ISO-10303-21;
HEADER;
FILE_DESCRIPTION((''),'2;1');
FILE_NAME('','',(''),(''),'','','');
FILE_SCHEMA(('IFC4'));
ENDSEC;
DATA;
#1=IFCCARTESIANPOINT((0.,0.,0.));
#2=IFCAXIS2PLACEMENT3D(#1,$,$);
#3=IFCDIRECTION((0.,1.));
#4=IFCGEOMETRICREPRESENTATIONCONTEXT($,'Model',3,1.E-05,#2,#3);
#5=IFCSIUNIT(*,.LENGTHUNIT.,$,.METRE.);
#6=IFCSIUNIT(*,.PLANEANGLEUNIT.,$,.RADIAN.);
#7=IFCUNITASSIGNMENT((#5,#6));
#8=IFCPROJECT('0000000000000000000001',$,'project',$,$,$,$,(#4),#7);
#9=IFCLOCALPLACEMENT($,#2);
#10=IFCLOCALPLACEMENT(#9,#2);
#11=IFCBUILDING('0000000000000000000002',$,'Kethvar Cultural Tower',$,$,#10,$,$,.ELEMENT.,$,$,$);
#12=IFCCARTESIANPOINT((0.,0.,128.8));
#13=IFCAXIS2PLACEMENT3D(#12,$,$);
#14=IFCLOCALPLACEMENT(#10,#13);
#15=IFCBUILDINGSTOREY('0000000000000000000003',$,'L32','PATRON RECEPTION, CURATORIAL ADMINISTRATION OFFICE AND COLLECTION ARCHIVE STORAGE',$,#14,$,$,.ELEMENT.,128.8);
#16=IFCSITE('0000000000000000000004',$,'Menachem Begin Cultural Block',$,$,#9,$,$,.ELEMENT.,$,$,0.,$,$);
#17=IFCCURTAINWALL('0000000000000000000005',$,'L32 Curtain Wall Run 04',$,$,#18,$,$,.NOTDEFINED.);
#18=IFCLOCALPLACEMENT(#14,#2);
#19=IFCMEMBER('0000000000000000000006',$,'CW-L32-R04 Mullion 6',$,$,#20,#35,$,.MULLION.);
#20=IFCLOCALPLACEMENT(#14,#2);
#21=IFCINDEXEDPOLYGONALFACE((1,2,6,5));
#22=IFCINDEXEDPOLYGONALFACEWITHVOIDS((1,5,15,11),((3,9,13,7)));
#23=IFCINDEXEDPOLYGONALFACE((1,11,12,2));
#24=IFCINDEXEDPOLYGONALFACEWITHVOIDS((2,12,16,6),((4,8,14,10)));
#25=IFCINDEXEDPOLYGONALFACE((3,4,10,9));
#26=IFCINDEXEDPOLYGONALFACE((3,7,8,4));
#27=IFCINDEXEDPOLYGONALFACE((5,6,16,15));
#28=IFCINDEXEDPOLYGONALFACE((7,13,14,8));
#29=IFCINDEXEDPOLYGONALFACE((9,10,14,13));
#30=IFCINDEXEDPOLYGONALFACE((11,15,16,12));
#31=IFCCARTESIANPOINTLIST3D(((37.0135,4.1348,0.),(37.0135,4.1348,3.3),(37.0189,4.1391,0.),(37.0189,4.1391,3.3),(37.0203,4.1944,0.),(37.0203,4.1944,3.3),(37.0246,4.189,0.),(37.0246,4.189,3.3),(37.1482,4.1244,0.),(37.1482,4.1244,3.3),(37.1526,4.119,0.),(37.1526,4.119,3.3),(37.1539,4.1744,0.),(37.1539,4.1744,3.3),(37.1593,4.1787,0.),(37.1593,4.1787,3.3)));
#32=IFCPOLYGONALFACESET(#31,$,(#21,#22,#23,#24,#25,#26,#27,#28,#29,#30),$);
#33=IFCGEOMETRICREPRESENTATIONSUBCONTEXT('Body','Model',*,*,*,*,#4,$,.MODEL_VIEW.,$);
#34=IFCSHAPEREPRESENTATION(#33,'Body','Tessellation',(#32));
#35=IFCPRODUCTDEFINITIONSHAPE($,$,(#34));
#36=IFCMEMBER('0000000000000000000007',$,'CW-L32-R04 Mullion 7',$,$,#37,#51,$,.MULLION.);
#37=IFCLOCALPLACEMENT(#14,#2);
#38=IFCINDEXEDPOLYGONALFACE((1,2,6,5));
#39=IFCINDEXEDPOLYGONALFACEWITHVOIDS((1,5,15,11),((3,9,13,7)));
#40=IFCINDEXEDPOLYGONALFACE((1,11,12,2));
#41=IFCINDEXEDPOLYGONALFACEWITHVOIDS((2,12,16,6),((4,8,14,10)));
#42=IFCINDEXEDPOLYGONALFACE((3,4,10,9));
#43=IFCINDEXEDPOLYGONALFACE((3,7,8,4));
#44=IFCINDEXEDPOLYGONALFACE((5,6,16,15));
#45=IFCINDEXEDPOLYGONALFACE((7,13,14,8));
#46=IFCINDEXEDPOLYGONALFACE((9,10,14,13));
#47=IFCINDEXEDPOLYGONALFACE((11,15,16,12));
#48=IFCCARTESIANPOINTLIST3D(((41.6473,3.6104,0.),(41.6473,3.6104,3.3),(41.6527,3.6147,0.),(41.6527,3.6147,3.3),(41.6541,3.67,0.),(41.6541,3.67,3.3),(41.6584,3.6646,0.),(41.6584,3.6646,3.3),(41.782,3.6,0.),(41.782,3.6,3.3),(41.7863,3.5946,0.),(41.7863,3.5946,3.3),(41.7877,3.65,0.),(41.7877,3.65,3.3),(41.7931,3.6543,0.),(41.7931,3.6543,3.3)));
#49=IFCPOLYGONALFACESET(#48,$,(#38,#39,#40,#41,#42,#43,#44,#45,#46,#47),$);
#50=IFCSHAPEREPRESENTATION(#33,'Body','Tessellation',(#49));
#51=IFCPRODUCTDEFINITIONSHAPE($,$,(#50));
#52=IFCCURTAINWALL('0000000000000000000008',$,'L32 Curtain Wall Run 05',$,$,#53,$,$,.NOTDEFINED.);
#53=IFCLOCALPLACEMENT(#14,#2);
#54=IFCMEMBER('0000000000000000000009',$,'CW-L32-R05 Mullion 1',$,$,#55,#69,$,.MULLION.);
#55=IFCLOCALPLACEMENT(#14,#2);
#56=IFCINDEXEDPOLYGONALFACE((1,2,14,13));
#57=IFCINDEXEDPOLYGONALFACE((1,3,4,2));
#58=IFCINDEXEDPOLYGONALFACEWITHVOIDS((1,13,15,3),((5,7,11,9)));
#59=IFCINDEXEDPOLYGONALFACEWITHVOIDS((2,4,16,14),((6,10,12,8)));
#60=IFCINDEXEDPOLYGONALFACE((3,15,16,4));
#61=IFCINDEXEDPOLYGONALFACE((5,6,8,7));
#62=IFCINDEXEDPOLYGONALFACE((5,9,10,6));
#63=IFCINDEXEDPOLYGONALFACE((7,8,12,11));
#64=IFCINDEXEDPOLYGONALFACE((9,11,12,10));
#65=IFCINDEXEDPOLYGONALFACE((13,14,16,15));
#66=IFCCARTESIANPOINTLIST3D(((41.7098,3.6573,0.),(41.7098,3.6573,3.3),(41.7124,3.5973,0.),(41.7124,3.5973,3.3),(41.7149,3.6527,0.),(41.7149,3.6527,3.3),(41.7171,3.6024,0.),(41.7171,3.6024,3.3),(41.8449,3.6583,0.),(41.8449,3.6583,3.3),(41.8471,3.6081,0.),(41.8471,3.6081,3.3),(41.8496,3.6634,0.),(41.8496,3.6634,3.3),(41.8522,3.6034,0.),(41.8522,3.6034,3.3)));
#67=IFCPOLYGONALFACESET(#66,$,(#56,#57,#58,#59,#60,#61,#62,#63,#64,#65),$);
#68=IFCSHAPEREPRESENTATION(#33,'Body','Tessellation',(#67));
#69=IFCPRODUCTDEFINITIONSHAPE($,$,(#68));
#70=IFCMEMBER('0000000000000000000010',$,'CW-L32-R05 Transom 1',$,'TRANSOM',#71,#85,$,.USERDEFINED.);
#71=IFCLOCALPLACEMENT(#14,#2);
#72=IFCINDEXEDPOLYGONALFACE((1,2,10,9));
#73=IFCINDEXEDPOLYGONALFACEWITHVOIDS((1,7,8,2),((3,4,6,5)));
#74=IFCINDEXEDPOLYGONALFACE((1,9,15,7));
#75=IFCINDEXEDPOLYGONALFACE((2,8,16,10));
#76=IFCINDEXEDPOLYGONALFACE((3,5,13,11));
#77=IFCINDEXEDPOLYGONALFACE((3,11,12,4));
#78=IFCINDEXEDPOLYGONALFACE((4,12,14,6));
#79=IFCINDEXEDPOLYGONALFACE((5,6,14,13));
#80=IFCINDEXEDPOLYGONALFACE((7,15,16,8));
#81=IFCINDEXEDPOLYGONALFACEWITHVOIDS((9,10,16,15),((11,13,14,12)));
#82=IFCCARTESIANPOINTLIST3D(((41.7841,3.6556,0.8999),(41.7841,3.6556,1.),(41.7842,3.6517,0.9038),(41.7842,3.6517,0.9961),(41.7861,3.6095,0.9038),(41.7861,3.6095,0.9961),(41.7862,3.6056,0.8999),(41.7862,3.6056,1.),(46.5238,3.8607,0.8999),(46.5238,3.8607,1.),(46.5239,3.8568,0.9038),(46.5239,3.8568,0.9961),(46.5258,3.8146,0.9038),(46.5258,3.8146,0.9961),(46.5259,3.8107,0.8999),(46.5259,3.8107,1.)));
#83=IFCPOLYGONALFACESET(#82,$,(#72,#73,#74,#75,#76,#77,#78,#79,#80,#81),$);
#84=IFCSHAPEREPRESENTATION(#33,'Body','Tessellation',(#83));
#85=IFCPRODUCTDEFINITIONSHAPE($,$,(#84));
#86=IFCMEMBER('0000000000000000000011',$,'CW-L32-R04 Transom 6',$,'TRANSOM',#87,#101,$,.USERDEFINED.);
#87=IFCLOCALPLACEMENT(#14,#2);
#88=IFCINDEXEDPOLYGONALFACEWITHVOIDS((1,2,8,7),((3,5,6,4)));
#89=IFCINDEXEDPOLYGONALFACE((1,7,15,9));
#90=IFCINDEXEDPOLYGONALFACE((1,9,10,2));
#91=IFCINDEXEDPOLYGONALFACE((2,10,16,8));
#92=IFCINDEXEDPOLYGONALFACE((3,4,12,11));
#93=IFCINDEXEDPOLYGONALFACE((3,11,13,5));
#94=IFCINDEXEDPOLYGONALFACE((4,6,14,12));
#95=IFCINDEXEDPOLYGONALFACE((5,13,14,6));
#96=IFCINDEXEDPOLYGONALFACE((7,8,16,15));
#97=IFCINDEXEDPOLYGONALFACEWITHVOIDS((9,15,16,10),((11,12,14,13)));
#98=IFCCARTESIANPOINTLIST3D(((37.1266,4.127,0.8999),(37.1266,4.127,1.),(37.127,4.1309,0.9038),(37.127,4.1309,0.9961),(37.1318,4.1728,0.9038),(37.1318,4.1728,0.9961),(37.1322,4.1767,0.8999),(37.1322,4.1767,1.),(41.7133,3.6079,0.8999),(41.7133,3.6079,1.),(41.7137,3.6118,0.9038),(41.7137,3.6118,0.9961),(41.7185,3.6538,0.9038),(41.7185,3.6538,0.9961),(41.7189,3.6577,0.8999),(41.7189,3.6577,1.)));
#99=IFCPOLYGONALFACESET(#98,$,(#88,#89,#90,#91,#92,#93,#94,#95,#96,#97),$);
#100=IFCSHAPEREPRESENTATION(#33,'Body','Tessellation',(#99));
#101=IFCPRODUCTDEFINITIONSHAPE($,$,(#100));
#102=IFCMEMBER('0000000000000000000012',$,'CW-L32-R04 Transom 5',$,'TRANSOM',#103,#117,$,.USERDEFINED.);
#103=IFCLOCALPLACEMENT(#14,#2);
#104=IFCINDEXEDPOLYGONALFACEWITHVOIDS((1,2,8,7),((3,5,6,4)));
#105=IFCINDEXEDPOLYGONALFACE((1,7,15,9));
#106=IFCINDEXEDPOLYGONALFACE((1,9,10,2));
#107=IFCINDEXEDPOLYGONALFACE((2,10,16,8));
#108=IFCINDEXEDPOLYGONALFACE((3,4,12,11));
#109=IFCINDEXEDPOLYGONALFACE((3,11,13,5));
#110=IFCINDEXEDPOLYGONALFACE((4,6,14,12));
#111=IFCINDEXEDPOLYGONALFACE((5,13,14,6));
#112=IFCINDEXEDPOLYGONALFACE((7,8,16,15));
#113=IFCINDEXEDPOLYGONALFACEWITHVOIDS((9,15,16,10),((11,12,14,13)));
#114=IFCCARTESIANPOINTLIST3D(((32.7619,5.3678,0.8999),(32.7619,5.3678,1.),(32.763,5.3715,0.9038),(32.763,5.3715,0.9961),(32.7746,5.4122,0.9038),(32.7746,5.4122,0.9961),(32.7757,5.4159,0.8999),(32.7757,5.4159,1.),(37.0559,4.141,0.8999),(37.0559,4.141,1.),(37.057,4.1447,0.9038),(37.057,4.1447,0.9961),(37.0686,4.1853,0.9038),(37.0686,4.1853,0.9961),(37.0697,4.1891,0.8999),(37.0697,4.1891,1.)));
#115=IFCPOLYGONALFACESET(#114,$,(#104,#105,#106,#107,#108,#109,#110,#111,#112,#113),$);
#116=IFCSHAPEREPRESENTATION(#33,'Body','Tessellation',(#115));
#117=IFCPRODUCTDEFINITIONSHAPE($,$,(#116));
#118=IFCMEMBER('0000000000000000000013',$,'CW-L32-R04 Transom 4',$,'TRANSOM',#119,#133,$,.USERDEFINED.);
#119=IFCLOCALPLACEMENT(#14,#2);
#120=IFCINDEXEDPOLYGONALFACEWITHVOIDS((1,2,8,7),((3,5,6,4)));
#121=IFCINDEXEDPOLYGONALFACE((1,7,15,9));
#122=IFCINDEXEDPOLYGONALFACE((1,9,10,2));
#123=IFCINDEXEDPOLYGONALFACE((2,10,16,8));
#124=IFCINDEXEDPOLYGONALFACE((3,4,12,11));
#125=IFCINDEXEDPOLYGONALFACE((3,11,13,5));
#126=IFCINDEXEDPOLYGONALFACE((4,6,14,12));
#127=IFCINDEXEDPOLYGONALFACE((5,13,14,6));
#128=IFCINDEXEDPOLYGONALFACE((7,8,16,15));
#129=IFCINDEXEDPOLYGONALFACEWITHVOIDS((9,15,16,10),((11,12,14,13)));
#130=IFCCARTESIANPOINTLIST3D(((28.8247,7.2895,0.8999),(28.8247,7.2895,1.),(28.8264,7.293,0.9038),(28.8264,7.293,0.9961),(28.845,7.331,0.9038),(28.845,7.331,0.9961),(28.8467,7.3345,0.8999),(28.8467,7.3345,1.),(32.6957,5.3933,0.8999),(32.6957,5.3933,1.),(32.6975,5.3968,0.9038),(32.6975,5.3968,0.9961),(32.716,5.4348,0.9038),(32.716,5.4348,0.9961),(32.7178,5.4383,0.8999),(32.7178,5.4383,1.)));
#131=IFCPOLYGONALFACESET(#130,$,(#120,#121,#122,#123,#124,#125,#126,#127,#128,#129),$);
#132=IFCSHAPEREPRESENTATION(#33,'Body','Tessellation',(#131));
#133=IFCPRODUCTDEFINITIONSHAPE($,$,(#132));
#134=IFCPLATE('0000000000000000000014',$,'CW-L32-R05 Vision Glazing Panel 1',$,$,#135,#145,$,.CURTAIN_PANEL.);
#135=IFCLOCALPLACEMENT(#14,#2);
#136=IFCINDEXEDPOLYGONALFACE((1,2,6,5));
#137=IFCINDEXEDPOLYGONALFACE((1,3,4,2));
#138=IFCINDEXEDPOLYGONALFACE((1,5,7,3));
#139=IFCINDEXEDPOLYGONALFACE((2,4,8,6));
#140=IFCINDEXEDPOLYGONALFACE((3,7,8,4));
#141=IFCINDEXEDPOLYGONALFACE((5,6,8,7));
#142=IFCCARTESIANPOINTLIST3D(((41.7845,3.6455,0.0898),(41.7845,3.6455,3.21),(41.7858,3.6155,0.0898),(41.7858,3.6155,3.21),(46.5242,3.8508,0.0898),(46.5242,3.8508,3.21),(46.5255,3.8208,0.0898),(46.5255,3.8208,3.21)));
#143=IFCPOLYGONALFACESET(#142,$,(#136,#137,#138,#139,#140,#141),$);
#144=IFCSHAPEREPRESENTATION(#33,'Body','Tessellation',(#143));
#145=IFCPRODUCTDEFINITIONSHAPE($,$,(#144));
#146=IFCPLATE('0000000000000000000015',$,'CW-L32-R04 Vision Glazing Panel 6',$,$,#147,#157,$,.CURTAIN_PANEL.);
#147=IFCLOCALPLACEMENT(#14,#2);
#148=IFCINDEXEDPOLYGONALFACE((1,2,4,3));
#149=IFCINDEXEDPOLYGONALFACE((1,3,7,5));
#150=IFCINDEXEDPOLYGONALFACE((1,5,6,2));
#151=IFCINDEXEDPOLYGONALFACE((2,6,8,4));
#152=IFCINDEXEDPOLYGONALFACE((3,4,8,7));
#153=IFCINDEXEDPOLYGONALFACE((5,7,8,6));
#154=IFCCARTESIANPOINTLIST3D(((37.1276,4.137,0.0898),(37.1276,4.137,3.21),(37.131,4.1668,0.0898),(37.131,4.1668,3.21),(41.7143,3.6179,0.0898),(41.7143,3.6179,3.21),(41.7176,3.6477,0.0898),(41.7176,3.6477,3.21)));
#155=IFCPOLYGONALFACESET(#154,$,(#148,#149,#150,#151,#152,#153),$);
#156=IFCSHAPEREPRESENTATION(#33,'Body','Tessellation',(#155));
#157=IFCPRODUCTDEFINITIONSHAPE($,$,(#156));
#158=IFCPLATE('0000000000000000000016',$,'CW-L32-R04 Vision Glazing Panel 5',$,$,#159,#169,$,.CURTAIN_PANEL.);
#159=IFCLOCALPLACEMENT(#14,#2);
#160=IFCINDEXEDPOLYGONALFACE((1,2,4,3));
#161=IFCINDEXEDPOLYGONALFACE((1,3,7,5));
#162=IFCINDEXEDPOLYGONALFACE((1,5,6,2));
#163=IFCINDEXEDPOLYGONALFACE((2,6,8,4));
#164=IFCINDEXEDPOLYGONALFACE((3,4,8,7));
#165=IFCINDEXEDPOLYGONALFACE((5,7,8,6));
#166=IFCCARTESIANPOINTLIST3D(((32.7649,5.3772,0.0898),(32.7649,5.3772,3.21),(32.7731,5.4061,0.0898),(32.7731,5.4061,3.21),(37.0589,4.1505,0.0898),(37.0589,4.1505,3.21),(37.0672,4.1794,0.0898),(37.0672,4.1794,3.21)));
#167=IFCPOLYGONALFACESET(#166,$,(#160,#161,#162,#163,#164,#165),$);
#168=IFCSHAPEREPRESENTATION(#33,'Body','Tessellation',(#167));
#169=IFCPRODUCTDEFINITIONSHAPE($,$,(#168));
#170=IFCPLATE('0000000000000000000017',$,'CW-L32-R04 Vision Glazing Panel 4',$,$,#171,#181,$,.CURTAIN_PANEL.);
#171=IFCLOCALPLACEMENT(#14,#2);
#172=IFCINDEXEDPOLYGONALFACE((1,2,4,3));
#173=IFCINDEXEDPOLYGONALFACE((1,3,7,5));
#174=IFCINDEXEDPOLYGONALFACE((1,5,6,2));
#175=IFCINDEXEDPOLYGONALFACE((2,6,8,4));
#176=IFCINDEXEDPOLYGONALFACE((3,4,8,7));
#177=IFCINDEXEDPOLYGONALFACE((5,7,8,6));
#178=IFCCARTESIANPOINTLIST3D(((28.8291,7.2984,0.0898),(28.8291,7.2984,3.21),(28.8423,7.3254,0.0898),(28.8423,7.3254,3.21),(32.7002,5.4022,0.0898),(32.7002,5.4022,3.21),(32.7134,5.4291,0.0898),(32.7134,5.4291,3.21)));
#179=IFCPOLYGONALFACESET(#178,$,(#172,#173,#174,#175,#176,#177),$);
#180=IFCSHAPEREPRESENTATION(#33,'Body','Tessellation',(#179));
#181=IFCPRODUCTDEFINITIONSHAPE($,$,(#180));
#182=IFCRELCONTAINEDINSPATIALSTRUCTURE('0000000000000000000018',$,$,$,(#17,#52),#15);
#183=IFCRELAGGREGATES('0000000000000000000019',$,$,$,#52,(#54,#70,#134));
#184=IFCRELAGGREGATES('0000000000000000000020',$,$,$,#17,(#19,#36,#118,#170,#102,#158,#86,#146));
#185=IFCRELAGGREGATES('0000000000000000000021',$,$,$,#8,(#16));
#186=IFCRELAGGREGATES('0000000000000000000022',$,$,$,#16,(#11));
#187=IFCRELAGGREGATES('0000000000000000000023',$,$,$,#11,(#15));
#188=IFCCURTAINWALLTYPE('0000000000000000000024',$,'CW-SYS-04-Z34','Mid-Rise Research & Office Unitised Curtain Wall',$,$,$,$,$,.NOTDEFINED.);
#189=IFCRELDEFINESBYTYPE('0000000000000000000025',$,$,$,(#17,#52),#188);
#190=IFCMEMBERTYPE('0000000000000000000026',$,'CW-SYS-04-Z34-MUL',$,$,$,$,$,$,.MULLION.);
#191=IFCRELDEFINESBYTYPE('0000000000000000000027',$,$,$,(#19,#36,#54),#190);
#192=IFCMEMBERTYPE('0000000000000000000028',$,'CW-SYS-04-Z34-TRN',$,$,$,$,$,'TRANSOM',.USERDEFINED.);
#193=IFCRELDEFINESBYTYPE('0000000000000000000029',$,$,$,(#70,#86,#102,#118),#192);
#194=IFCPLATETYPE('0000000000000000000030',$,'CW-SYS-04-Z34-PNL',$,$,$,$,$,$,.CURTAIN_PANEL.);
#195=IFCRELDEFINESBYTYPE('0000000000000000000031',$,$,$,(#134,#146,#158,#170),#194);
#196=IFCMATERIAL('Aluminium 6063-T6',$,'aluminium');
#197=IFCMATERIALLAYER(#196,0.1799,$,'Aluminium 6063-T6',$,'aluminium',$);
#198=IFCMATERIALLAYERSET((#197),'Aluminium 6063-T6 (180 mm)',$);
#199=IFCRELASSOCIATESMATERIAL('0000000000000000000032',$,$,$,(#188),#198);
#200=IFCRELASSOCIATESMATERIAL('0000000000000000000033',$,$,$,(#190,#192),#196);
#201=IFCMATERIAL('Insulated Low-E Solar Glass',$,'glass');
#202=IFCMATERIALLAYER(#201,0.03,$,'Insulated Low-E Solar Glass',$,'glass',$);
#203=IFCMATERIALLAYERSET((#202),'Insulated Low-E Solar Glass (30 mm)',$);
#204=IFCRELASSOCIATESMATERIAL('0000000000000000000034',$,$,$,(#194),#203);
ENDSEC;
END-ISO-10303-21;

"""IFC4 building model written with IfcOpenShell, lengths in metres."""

from ifc_helpers import new_model, si_unit, direction, frame, origin, origin_2d, place, context, subcontext, project, spatial, rectangle, hollow_rectangle, extrude, source, transform, mapped, material, layer, layer_set, material_profile, profile_set, type_object, element, aggregate, save


model = new_model("IFC4")

# Units and contexts
model_context = context("Model", 3, precision=1e-05, world=origin(), true_north=direction((0.0, 1.0)))
body_context = subcontext(model_context, "Body", "Model", "MODEL_VIEW")
ifc_project = project(units=[si_unit("LENGTHUNIT", "METRE"), si_unit("PLANEANGLEUNIT", "RADIAN")], contexts=[model_context])

# Site, building, storey
site_placement = place(None, origin())
site = spatial("IfcSite", under=ifc_project, at=site_placement, Name="Menachem Begin Cultural Block", CompositionType="ELEMENT", RefElevation=0.0)
building_placement = place(site_placement, origin())
building = spatial("IfcBuilding", under=site, at=building_placement, Name="Kethvar Cultural Tower", CompositionType="ELEMENT")
storey_placement = place(building_placement, frame((0.0, 0.0, 128.8)))
storey = spatial("IfcBuildingStorey", under=building, at=storey_placement, Name="L32", Description="PATRON RECEPTION, CURATORIAL ADMINISTRATION OFFICE AND COLLECTION ARCHIVE STORAGE", CompositionType="ELEMENT", Elevation=128.8)

# Curtain walls, members
ifc_material_1 = material(Name="Aluminium 6063-T6", Category="aluminium")
ifc_layer_1 = layer(ifc_material_1, 0.1799, Name="Aluminium 6063-T6", Category="aluminium")
ifc_layer_set_1 = layer_set([ifc_layer_1], Name="Aluminium 6063-T6 (180 mm)")
curtain_wall_type = type_object("IfcCurtainWallType", Name="CW-SYS-04-Z34", Description="Mid-Rise Research & Office Unitised Curtain Wall", PredefinedType="NOTDEFINED", material=ifc_layer_set_1)
curtain_wall_1_placement = place(storey_placement, origin())
curtain_wall_1 = element("IfcCurtainWall", 1, at=curtain_wall_1_placement, inside=storey, type_object=curtain_wall_type, Name="L32 Curtain Wall Run 04", PredefinedType="NOTDEFINED")
ifc_material_profile_1 = material_profile(ifc_material_1, hollow_rectangle(XDim=0.0601, YDim=0.1399, WallThickness=0.0049, at=origin_2d()), Name="Aluminium 6063-T6 — RHS140x60x5")
ifc_profile_set_1 = profile_set([ifc_material_profile_1], Name="Aluminium 6063-T6 — RHS140x60x5")
member_type_1 = type_object("IfcMemberType", Name="CW-SYS-04-Z34-MUL", PredefinedType="MULLION", material=ifc_profile_set_1)
shared_shape_1 = source(origin(), body_context, "Body", "SweptSolid", [
    extrude(hollow_rectangle(XDim=0.0601, YDim=0.1399, WallThickness=0.0049, at=origin_2d()), origin(), (0.0, 0.0, 1.0), 3.3),
])
member_1_placement = place(storey_placement, frame((37.0864, 4.1567, 0.0), z_axis=(0.0, 0.0, 1.0), x_axis=(0.112458, 0.993657, 0.0)))
member_1 = element("IfcMember", 2, at=member_1_placement, type_object=member_type_1, Name="CW-L32-R04 Mullion 6", PredefinedType="MULLION", context=body_context, shape_type="MappedRepresentation", body=[
    mapped(shared_shape_1, transform((0.0, 0.0, 0.0), scale=1.0)),
])
member_2_placement = place(storey_placement, frame((41.7202, 3.6323, 0.0), z_axis=(0.0, 0.0, 1.0), x_axis=(0.112458, 0.993657, 0.0)))
member_2 = element("IfcMember", 3, at=member_2_placement, type_object=member_type_1, Name="CW-L32-R04 Mullion 7", PredefinedType="MULLION", context=body_context, shape_type="MappedRepresentation", body=[
    mapped(shared_shape_1, transform((0.0, 0.0, 0.0), scale=1.0)),
])
curtain_wall_2_placement = place(storey_placement, origin())
curtain_wall_2 = element("IfcCurtainWall", 4, at=curtain_wall_2_placement, inside=storey, type_object=curtain_wall_type, Name="L32 Curtain Wall Run 05", PredefinedType="NOTDEFINED")
member_3_placement = place(storey_placement, frame((41.781, 3.6304, 0.0), z_axis=(0.0, 0.0, 1.0), x_axis=(-0.043271, 0.999063, 0.0)))
member_3 = element("IfcMember", 5, at=member_3_placement, type_object=member_type_1, Name="CW-L32-R05 Mullion 1", PredefinedType="MULLION", context=body_context, shape_type="MappedRepresentation", body=[
    mapped(shared_shape_1, transform((0.0, 0.0, 0.0), scale=1.0)),
])
ifc_material_profile_2 = material_profile(ifc_material_1, hollow_rectangle(XDim=0.05, YDim=0.1001, WallThickness=0.0039, at=origin_2d()), Name="Aluminium 6063-T6 — RHS100x50x4")
ifc_profile_set_2 = profile_set([ifc_material_profile_2], Name="Aluminium 6063-T6 — RHS100x50x4")
member_type_2 = type_object("IfcMemberType", Name="CW-SYS-04-Z34-TRN", ElementType="TRANSOM", PredefinedType="USERDEFINED", material=ifc_profile_set_2)
shared_shape_2 = source(origin(), body_context, "Body", "SweptSolid", [
    extrude(hollow_rectangle(XDim=0.05, YDim=0.1001, WallThickness=0.0039, at=origin_2d()), origin(), (0.0, 0.0, 1.0), 4.7441),
])
member_4_placement = place(storey_placement, frame((41.7852, 3.6306, 0.95), z_axis=(0.999065, 0.043227, 0.0), x_axis=(-0.043227, 0.999065, 0.0)))
member_4 = element("IfcMember", 6, at=member_4_placement, type_object=member_type_2, Name="CW-L32-R05 Transom 1", ObjectType="TRANSOM", PredefinedType="USERDEFINED", context=body_context, shape_type="MappedRepresentation", body=[
    mapped(shared_shape_2, transform((0.0, 0.0, 0.0), scale=1.0)),
])

# Members
shared_shape_3 = source(origin(), body_context, "Body", "SweptSolid", [
    extrude(hollow_rectangle(XDim=0.05, YDim=0.1001, WallThickness=0.0039, at=origin_2d()), origin(), (0.0, 0.0, 1.0), 4.616),
])
member_5_placement = place(storey_placement, frame((37.1294, 4.1519, 0.95), z_axis=(0.993658, -0.112446, 0.0), x_axis=(0.112446, 0.993658, 0.0)))
member_5 = element("IfcMember", 7, at=member_5_placement, type_object=member_type_2, Name="CW-L32-R04 Transom 6", ObjectType="TRANSOM", PredefinedType="USERDEFINED", context=body_context, shape_type="MappedRepresentation", body=[
    mapped(shared_shape_3, transform((0.0, 0.0, 0.0), scale=1.0)),
])
shared_shape_4 = source(origin(), body_context, "Body", "SweptSolid", [
    extrude(hollow_rectangle(XDim=0.05, YDim=0.1001, WallThickness=0.0039, at=origin_2d()), origin(), (0.0, 0.0, 1.0), 4.4658),
])
member_6_placement = place(storey_placement, frame((32.7688, 5.3918, 0.95), z_axis=(0.961526, -0.274714, 0.0), x_axis=(0.274714, 0.961526, 0.0)))
member_6 = element("IfcMember", 8, at=member_6_placement, type_object=member_type_2, Name="CW-L32-R04 Transom 5", ObjectType="TRANSOM", PredefinedType="USERDEFINED", context=body_context, shape_type="MappedRepresentation", body=[
    mapped(shared_shape_4, transform((0.0, 0.0, 0.0), scale=1.0)),
])
shared_shape_5 = source(origin(), body_context, "Body", "SweptSolid", [
    extrude(hollow_rectangle(XDim=0.05, YDim=0.1001, WallThickness=0.0039, at=origin_2d()), origin(), (0.0, 0.0, 1.0), 4.3105),
])
member_7_placement = place(storey_placement, frame((28.8357, 7.312, 0.95), z_axis=(0.898045, -0.439904, 0.0), x_axis=(0.439904, 0.898045, 0.0)))
member_7 = element("IfcMember", 9, at=member_7_placement, type_object=member_type_2, Name="CW-L32-R04 Transom 4", ObjectType="TRANSOM", PredefinedType="USERDEFINED", context=body_context, shape_type="MappedRepresentation", body=[
    mapped(shared_shape_5, transform((0.0, 0.0, 0.0), scale=1.0)),
])

# Plates
ifc_material_2 = material(Name="Insulated Low-E Solar Glass", Category="glass")
ifc_layer_2 = layer(ifc_material_2, 0.03, Name="Insulated Low-E Solar Glass", Category="glass")
ifc_layer_set_2 = layer_set([ifc_layer_2], Name="Insulated Low-E Solar Glass (30 mm)")
plate_type = type_object("IfcPlateType", Name="CW-SYS-04-Z34-PNL", PredefinedType="CURTAIN_PANEL", material=ifc_layer_set_2)
shared_shape_6 = source(origin(), body_context, "Body", "SweptSolid", [
    extrude(rectangle(XDim=4.7441, YDim=0.03, at=origin_2d()), origin(), (0.0, 0.0, 1.0), 3.1201),
])
plate_1_placement = place(storey_placement, frame((44.155, 3.7332, 0.0898), z_axis=(0.0, 0.0, 1.0), x_axis=(0.999063, 0.043271, 0.0)))
plate_1 = element("IfcPlate", 10, at=plate_1_placement, type_object=plate_type, Name="CW-L32-R05 Vision Glazing Panel 1", PredefinedType="CURTAIN_PANEL", context=body_context, shape_type="MappedRepresentation", body=[
    mapped(shared_shape_6, transform((0.0, 0.0, 0.0), scale=1.0)),
])
aggregate(curtain_wall_2, [member_3, member_4, plate_1])
shared_shape_7 = source(origin(), body_context, "Body", "SweptSolid", [
    extrude(rectangle(XDim=4.616, YDim=0.03, at=origin_2d()), origin(), (0.0, 0.0, 1.0), 3.1201),
])
plate_2_placement = place(storey_placement, frame((39.4226, 3.8923, 0.0898), z_axis=(0.0, 0.0, 1.0), x_axis=(0.993657, -0.112458, 0.0)))
plate_2 = element("IfcPlate", 11, at=plate_2_placement, type_object=plate_type, Name="CW-L32-R04 Vision Glazing Panel 6", PredefinedType="CURTAIN_PANEL", context=body_context, shape_type="MappedRepresentation", body=[
    mapped(shared_shape_7, transform((0.0, 0.0, 0.0), scale=1.0)),
])
shared_shape_8 = source(origin(), body_context, "Body", "SweptSolid", [
    extrude(rectangle(XDim=4.4658, YDim=0.03, at=origin_2d()), origin(), (0.0, 0.0, 1.0), 3.1201),
])
plate_3_placement = place(storey_placement, frame((34.916, 4.7783, 0.0898), z_axis=(0.0, 0.0, 1.0), x_axis=(0.961535, -0.274681, 0.0)))
plate_3 = element("IfcPlate", 12, at=plate_3_placement, type_object=plate_type, Name="CW-L32-R04 Vision Glazing Panel 5", PredefinedType="CURTAIN_PANEL", context=body_context, shape_type="MappedRepresentation", body=[
    mapped(shared_shape_8, transform((0.0, 0.0, 0.0), scale=1.0)),
])
shared_shape_9 = source(origin(), body_context, "Body", "SweptSolid", [
    extrude(rectangle(XDim=4.3105, YDim=0.03, at=origin_2d()), origin(), (0.0, 0.0, 1.0), 3.1201),
])
plate_4_placement = place(storey_placement, frame((30.7712, 6.3638, 0.0898), z_axis=(0.0, 0.0, 1.0), x_axis=(0.898043, -0.439908, 0.0)))
plate_4 = element("IfcPlate", 13, at=plate_4_placement, type_object=plate_type, Name="CW-L32-R04 Vision Glazing Panel 4", PredefinedType="CURTAIN_PANEL", context=body_context, shape_type="MappedRepresentation", body=[
    mapped(shared_shape_9, transform((0.0, 0.0, 0.0), scale=1.0)),
])
aggregate(curtain_wall_1, [member_1, member_2, member_7, plate_4, member_6, plate_3, member_5, plate_2])

save(model, "model.ifc")
